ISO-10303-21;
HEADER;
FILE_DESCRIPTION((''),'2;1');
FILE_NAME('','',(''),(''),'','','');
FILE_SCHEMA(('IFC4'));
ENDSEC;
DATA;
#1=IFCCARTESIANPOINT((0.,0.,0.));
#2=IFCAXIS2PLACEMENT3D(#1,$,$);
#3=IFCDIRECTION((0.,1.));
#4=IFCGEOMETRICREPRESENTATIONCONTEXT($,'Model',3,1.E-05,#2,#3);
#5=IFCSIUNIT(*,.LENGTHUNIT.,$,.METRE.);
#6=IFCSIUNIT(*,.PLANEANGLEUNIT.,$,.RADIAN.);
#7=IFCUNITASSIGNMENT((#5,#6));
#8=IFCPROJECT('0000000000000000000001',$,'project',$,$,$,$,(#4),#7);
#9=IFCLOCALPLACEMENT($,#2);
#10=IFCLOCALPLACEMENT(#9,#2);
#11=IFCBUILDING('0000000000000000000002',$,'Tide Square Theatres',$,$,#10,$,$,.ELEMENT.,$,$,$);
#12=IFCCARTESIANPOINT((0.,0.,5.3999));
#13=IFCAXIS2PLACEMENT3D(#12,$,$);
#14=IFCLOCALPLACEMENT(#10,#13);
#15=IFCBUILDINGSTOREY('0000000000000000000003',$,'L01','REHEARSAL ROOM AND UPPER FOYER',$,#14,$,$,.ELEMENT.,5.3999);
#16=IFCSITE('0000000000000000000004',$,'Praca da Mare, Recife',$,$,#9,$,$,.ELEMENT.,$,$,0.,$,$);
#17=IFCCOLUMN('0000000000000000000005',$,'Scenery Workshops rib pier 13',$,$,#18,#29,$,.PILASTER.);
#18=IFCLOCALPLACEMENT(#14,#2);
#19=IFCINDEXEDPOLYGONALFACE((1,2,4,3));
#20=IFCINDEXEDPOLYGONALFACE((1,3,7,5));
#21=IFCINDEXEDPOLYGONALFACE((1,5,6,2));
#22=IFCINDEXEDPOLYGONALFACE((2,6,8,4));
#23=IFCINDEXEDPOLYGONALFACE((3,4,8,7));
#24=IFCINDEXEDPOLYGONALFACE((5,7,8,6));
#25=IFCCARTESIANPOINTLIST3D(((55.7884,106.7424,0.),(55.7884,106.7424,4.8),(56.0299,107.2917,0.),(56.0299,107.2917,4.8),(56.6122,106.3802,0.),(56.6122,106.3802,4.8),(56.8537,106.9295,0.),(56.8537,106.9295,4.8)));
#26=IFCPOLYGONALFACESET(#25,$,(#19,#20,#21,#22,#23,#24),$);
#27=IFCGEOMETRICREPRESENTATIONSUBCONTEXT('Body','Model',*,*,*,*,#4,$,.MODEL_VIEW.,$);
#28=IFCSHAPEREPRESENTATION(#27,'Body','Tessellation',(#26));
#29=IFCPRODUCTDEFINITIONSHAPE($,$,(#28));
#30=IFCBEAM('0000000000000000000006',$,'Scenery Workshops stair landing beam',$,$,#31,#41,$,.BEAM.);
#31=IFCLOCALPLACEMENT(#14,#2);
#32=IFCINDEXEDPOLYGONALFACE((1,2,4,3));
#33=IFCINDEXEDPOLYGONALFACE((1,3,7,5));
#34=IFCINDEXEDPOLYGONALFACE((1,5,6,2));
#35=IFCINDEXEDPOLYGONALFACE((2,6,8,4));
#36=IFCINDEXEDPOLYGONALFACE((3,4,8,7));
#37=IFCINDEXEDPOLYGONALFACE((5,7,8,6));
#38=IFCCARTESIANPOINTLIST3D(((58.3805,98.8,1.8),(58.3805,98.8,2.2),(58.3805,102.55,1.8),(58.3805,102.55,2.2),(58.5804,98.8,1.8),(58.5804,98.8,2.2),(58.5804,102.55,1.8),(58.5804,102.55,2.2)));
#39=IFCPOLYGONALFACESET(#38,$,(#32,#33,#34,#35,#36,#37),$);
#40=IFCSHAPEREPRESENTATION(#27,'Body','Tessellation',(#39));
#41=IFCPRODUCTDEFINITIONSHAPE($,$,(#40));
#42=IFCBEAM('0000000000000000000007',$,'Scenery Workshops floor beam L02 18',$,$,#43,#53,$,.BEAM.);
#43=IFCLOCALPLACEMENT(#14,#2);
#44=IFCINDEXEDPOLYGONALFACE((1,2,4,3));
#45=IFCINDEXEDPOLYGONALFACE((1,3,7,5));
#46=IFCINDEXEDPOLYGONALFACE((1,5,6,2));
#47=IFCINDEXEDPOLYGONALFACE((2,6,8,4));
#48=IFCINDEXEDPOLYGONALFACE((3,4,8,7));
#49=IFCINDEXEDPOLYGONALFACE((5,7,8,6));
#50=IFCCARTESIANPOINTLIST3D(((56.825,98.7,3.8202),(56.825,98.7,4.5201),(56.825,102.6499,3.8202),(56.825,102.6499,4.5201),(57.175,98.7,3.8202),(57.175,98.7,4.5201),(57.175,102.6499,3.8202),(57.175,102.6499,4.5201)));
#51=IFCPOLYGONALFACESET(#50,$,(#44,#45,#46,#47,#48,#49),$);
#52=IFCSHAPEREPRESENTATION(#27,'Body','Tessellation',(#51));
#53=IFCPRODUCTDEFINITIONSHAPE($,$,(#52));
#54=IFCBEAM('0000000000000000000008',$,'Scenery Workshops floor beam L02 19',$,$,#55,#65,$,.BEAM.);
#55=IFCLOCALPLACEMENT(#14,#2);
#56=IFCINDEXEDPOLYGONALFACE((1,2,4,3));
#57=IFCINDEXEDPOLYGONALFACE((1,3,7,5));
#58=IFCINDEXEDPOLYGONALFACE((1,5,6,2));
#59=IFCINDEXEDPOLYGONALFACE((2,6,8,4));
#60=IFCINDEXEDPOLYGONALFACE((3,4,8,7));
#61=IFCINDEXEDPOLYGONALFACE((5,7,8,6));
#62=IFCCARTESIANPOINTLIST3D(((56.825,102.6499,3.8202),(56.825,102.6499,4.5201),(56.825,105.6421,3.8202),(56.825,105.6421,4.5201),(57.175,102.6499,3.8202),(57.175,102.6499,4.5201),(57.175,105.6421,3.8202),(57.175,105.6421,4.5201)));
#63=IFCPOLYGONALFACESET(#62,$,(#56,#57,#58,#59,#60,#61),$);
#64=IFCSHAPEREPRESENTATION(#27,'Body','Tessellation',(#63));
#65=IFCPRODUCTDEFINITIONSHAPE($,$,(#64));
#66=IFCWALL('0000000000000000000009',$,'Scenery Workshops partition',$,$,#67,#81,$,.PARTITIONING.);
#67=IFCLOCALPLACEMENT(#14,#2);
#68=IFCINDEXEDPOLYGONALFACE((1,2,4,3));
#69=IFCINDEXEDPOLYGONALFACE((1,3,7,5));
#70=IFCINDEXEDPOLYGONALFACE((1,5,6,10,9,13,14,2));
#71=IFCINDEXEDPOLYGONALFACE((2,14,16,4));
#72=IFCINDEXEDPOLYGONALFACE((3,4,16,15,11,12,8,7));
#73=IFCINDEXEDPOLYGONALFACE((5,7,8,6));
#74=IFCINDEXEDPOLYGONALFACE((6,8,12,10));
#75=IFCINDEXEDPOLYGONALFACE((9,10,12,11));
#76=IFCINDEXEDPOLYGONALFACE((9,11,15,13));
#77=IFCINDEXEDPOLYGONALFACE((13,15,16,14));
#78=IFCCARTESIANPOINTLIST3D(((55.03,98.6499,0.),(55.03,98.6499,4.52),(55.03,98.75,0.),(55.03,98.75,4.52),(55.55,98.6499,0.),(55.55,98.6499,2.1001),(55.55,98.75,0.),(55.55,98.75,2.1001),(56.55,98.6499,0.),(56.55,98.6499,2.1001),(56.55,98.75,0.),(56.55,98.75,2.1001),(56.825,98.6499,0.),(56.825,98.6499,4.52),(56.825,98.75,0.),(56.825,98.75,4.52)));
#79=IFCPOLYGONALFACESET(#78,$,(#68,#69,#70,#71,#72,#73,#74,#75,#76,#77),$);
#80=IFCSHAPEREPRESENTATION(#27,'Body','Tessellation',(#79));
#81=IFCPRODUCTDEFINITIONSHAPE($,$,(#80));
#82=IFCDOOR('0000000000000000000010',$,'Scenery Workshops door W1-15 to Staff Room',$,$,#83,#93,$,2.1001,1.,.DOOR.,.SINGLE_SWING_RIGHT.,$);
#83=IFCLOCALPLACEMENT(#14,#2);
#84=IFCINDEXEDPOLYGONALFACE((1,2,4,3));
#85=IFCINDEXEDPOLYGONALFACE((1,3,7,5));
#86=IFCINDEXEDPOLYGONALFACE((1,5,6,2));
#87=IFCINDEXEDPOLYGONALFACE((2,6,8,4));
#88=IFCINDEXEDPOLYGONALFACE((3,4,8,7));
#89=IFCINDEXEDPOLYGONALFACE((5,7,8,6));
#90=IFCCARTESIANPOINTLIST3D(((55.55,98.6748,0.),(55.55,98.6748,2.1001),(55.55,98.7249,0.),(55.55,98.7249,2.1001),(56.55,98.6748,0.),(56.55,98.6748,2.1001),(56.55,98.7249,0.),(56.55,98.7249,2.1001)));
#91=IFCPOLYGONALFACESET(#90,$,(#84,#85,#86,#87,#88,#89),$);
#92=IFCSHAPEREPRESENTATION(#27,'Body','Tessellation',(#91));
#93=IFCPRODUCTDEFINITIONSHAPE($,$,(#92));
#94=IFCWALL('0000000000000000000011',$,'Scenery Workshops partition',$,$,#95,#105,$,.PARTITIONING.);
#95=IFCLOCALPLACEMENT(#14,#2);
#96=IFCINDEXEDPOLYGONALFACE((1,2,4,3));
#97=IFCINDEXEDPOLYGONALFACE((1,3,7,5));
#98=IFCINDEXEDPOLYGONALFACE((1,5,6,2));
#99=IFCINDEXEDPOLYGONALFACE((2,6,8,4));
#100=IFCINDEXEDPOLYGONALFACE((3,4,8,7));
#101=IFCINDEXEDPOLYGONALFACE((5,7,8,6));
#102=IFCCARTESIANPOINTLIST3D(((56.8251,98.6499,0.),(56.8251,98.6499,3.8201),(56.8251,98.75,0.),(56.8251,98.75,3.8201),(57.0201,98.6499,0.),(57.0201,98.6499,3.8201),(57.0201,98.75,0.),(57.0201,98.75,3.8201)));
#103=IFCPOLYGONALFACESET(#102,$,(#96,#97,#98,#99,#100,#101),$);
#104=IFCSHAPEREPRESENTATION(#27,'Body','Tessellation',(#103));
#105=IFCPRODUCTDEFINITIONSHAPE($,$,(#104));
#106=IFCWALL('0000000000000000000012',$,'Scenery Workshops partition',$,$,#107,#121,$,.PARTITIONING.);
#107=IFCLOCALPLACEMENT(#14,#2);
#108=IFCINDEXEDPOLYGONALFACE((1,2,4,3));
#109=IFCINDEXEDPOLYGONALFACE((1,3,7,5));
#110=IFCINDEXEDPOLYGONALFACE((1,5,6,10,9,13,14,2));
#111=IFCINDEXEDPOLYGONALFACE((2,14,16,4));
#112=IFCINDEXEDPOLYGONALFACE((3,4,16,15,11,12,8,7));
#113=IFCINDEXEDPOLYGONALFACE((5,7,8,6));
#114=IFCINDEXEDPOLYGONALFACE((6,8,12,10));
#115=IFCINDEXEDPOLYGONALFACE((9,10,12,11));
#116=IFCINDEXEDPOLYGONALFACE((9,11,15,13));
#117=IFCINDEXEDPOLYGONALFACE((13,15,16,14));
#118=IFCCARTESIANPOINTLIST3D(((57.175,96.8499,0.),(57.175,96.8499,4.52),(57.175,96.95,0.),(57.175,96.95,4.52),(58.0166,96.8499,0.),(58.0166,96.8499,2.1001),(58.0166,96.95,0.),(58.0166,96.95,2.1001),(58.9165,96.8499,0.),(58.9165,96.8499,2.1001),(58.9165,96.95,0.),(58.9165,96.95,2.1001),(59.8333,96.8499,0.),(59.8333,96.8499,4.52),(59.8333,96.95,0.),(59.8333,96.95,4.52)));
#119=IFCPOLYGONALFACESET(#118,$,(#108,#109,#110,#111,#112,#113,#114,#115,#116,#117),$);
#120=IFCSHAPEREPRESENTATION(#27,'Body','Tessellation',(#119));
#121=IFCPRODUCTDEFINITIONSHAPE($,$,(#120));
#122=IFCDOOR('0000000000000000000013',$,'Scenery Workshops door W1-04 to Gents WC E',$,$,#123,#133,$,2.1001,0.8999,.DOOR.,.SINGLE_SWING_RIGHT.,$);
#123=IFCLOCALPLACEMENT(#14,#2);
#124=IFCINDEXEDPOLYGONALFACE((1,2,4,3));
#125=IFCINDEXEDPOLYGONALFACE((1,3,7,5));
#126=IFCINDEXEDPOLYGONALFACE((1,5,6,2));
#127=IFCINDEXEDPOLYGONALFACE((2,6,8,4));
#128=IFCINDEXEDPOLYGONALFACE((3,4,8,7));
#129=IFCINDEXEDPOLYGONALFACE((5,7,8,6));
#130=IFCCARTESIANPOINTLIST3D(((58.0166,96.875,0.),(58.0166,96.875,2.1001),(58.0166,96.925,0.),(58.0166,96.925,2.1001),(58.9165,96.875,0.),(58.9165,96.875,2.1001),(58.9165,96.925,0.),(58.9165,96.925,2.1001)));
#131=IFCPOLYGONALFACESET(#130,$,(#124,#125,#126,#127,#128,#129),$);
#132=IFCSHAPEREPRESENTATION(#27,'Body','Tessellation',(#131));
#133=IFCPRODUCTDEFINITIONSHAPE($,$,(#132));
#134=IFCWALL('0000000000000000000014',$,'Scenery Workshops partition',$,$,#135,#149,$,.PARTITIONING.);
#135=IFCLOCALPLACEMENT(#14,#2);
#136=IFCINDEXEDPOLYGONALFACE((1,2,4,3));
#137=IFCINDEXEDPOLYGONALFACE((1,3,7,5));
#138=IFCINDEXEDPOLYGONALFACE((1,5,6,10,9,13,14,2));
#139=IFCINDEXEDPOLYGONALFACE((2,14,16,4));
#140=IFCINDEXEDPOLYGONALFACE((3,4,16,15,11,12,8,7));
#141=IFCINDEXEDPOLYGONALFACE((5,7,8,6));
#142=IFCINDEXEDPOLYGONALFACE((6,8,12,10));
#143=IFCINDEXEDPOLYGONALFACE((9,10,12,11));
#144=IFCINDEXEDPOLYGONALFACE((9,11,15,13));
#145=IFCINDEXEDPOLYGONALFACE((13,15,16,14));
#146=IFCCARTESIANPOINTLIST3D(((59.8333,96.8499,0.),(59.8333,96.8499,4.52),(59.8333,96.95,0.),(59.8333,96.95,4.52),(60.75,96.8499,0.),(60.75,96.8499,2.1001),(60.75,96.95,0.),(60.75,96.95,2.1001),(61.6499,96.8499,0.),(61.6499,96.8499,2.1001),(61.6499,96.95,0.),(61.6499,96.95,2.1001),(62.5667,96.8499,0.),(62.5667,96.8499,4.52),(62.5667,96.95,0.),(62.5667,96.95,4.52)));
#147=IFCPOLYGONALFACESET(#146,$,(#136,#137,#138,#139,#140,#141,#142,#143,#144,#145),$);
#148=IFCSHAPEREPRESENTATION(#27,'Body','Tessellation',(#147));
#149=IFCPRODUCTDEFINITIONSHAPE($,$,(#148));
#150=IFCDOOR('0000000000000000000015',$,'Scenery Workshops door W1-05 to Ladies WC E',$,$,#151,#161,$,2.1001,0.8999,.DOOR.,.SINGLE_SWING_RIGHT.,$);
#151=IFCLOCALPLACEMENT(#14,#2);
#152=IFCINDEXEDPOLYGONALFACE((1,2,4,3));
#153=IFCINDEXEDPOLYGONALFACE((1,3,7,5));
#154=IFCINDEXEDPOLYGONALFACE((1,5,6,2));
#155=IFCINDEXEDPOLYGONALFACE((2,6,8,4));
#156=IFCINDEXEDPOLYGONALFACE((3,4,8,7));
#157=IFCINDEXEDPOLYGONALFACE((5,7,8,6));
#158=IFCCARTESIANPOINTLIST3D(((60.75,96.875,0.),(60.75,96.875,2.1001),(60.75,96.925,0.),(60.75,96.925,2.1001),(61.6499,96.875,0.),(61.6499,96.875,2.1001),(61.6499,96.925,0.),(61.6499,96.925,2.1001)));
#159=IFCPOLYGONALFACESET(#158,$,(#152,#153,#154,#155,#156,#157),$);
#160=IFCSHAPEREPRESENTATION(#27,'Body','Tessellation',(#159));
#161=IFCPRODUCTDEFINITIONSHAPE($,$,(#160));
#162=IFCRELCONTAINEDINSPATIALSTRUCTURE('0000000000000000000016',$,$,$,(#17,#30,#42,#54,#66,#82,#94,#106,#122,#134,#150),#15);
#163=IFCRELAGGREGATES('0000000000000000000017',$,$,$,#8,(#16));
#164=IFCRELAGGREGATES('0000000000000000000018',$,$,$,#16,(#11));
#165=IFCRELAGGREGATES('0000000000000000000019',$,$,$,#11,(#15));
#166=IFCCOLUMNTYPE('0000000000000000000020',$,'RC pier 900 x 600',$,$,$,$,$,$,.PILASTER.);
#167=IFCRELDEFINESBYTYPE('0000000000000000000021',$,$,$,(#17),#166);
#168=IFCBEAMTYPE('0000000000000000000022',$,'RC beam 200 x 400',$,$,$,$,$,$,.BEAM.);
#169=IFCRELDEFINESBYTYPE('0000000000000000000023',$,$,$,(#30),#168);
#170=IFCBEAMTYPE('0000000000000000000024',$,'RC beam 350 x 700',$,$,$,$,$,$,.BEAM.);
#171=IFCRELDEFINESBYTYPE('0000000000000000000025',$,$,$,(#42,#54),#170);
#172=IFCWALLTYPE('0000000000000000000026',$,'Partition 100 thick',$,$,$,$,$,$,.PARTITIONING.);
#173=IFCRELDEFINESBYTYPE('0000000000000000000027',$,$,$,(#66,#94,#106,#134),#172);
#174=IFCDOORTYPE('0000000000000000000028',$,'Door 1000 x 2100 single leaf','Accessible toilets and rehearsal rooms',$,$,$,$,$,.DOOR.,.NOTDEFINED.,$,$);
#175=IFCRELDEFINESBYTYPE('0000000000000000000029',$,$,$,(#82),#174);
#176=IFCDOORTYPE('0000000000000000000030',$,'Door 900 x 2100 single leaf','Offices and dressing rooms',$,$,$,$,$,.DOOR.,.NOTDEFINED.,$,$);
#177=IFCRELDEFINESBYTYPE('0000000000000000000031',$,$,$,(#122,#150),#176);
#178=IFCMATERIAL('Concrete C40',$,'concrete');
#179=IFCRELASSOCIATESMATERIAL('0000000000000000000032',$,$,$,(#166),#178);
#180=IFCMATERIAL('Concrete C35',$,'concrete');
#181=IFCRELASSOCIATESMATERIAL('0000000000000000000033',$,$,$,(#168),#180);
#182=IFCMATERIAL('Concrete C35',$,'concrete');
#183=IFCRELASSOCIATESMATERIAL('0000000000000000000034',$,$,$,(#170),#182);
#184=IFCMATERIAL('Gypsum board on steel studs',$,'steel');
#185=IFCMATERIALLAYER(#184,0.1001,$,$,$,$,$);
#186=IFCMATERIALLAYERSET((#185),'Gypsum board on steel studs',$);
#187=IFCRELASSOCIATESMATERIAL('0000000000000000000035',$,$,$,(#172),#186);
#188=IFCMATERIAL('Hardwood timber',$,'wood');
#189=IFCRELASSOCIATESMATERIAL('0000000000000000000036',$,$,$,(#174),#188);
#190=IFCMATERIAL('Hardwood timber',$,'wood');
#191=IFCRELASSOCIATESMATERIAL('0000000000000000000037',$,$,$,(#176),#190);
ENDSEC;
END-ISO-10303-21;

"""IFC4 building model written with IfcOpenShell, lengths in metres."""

from ifc_helpers import new_model, si_unit, direction, frame, frame_2d, origin, origin_2d, place, context, subcontext, project, spatial, rectangle, extrude, material, layer, layer_set, material_profile, profile_set, type_object, element, fill, save


model = new_model("IFC4")

# Units and contexts
model_context = context("Model", 3, precision=1e-05, world=origin(), true_north=direction((0.0, 1.0)))
body_context = subcontext(model_context, "Body", "Model", "MODEL_VIEW")
ifc_project = project(units=[si_unit("LENGTHUNIT", "METRE"), si_unit("PLANEANGLEUNIT", "RADIAN")], contexts=[model_context])

# Site, building, storey
site_placement = place(None, origin())
site = spatial("IfcSite", under=ifc_project, at=site_placement, Name="Praca da Mare, Recife", CompositionType="ELEMENT", RefElevation=0.0)
building_placement = place(site_placement, origin())
building = spatial("IfcBuilding", under=site, at=building_placement, Name="Tide Square Theatres", CompositionType="ELEMENT")
storey_placement = place(building_placement, frame((0.0, 0.0, 5.3999)))
storey = spatial("IfcBuildingStorey", under=building, at=storey_placement, Name="L01", Description="REHEARSAL ROOM AND UPPER FOYER", CompositionType="ELEMENT", Elevation=5.3999)

# Column
ifc_material_1 = material(Name="Concrete C40", Category="concrete")
ifc_material_profile_1 = material_profile(ifc_material_1, rectangle(XDim=0.8999, YDim=0.6001, at=origin_2d()))
ifc_profile_set_1 = profile_set([ifc_material_profile_1], Name="Concrete C40")
column_type = type_object("IfcColumnType", Name="RC pier 900 x 600", PredefinedType="PILASTER", material=ifc_profile_set_1)
column_placement = place(storey_placement, frame((56.321, 106.8359, 0.0), z_axis=(0.0, 0.0, 1.0), x_axis=(-0.915419, 0.402502, 0.0)))
element("IfcColumn", 1, at=column_placement, inside=storey, type_object=column_type, Name="Scenery Workshops rib pier 13", PredefinedType="PILASTER", context=body_context, shape_type="SweptSolid", body=[
    extrude(rectangle(XDim=0.8999, YDim=0.6001, at=origin_2d()), origin(), (0.0, 0.0, 1.0), 4.8),
])

# Beams
ifc_material_2 = material(Name="Concrete C35", Category="concrete")
ifc_material_profile_2 = material_profile(ifc_material_2, rectangle(XDim=0.2, YDim=0.3999, at=origin_2d()))
ifc_profile_set_2 = profile_set([ifc_material_profile_2], Name="Concrete C35")
beam_type_1 = type_object("IfcBeamType", Name="RC beam 200 x 400", PredefinedType="BEAM", material=ifc_profile_set_2)
beam_1_placement = place(storey_placement, frame((58.4805, 98.8, 2.0), z_axis=(0.0, 1.0, 0.0), x_axis=(-1.0, 0.0, 0.0)))
element("IfcBeam", 2, at=beam_1_placement, inside=storey, type_object=beam_type_1, Name="Scenery Workshops stair landing beam", PredefinedType="BEAM", context=body_context, shape_type="SweptSolid", body=[
    extrude(rectangle(XDim=0.2, YDim=0.3999, at=origin_2d()), origin(), (0.0, 0.0, 1.0), 3.75),
])
ifc_material_3 = material(Name="Concrete C35", Category="concrete")
ifc_material_profile_3 = material_profile(ifc_material_3, rectangle(XDim=0.3501, YDim=0.7, at=origin_2d()))
ifc_profile_set_3 = profile_set([ifc_material_profile_3], Name="Concrete C35")
beam_type_2 = type_object("IfcBeamType", Name="RC beam 350 x 700", PredefinedType="BEAM", material=ifc_profile_set_3)
beam_2_placement = place(storey_placement, frame((57.0, 98.7, 4.1702), z_axis=(0.0, 1.0, 0.0), x_axis=(-1.0, 0.0, 0.0)))
element("IfcBeam", 3, at=beam_2_placement, inside=storey, type_object=beam_type_2, Name="Scenery Workshops floor beam L02 18", PredefinedType="BEAM", context=body_context, shape_type="SweptSolid", body=[
    extrude(rectangle(XDim=0.3501, YDim=0.7, at=origin_2d()), origin(), (0.0, 0.0, 1.0), 3.95),
])
beam_3_placement = place(storey_placement, frame((57.0, 102.6499, 4.1702), z_axis=(0.0, 1.0, 0.0), x_axis=(-1.0, 0.0, 0.0)))
element("IfcBeam", 4, at=beam_3_placement, inside=storey, type_object=beam_type_2, Name="Scenery Workshops floor beam L02 19", PredefinedType="BEAM", context=body_context, shape_type="SweptSolid", body=[
    extrude(rectangle(XDim=0.3501, YDim=0.7, at=origin_2d()), origin(), (0.0, 0.0, 1.0), 2.9922),
])

# Wall, opening, door
ifc_material_4 = material(Name="Gypsum board on steel studs", Category="steel")
ifc_layer_1 = layer(ifc_material_4, 0.1001)
ifc_layer_set_1 = layer_set([ifc_layer_1], Name="Gypsum board on steel studs")
wall_type_1 = type_object("IfcWallType", Name="Partition 100 thick", PredefinedType="PARTITIONING", material=ifc_layer_set_1)
wall_1_placement = place(storey_placement, frame((55.03, 98.7, 0.0), z_axis=(0.0, 0.0, 1.0), x_axis=(1.0, 0.0, 0.0)))
wall_1 = element("IfcWall", 5, at=wall_1_placement, inside=storey, type_object=wall_type_1, Name="Scenery Workshops partition", PredefinedType="PARTITIONING", context=body_context, shape_type="SweptSolid", body=[
    extrude(rectangle(XDim=1.7949, YDim=0.1001, at=frame_2d((0.8975, 0.0))), origin(), (0.0, 0.0, 1.0), 4.52),
])
opening_1_placement = place(wall_1_placement, frame((0.52, 0.0, 0.0)))
opening_1 = element("IfcOpeningElement", 6, at=opening_1_placement, cuts=wall_1, PredefinedType="OPENING", context=body_context, shape_type="SweptSolid", body=[
    extrude(rectangle(XDim=1.0, YDim=2.1001, at=frame_2d((0.5, 1.05))), frame((0.0, 0.0601, 0.0), z_axis=(0.0, -1.0, 0.0), x_axis=(1.0, 0.0, 0.0)), (0.0, 0.0, 1.0), 0.1201),
])
ifc_material_5 = material(Name="Hardwood timber", Category="wood")
door_type_1 = type_object("IfcDoorType", Name="Door 1000 x 2100 single leaf", Description="Accessible toilets and rehearsal rooms", OperationType="NOTDEFINED", PredefinedType="DOOR", material=ifc_material_5)
door_1_placement = place(opening_1_placement, origin())
door_1 = element("IfcDoor", 7, at=door_1_placement, inside=storey, type_object=door_type_1, Name="Scenery Workshops door W1-15 to Staff Room", OperationType="SINGLE_SWING_RIGHT", OverallHeight=2.1001, OverallWidth=1.0, PredefinedType="DOOR", context=body_context, shape_type="SweptSolid", body=[
    extrude(rectangle(XDim=1.0, YDim=2.1001, at=frame_2d((0.5, 1.05))), frame((0.0, 0.0249, 0.0), z_axis=(0.0, -1.0, 0.0), x_axis=(1.0, 0.0, 0.0)), (0.0, 0.0, 1.0), 0.05),
])
fill(opening_1, door_1)

# Wall
wall_2_placement = place(storey_placement, frame((56.825, 98.7, 0.0), z_axis=(0.0, 0.0, 1.0), x_axis=(1.0, 0.0, 0.0)))
element("IfcWall", 8, at=wall_2_placement, inside=storey, type_object=wall_type_1, Name="Scenery Workshops partition", PredefinedType="PARTITIONING", context=body_context, shape_type="SweptSolid", body=[
    extrude(rectangle(XDim=0.1951, YDim=0.1001, at=frame_2d((0.0977, 0.0))), origin(), (0.0, 0.0, 1.0), 3.8201),
])

# Walls, openings, doors
wall_3_placement = place(storey_placement, frame((59.8333, 96.8999, 0.0), z_axis=(0.0, 0.0, 1.0), x_axis=(-1.0, 0.0, 0.0)))
wall_3 = element("IfcWall", 9, at=wall_3_placement, inside=storey, type_object=wall_type_1, Name="Scenery Workshops partition", PredefinedType="PARTITIONING", context=body_context, shape_type="SweptSolid", body=[
    extrude(rectangle(XDim=2.6582, YDim=0.1001, at=frame_2d((1.3291, 0.0))), origin(), (0.0, 0.0, 1.0), 4.52),
])
opening_2_placement = place(wall_3_placement, frame((0.9167, 0.0, 0.0)))
opening_2 = element("IfcOpeningElement", 10, at=opening_2_placement, cuts=wall_3, PredefinedType="OPENING", context=body_context, shape_type="SweptSolid", body=[
    extrude(rectangle(XDim=0.8999, YDim=2.1001, at=frame_2d((0.45, 1.05))), frame((0.0, 0.0601, 0.0), z_axis=(0.0, -1.0, 0.0), x_axis=(1.0, 0.0, 0.0)), (0.0, 0.0, 1.0), 0.1201),
])
ifc_material_6 = material(Name="Hardwood timber", Category="wood")
door_type_2 = type_object("IfcDoorType", Name="Door 900 x 2100 single leaf", Description="Offices and dressing rooms", OperationType="NOTDEFINED", PredefinedType="DOOR", material=ifc_material_6)
door_2_placement = place(opening_2_placement, origin())
door_2 = element("IfcDoor", 11, at=door_2_placement, inside=storey, type_object=door_type_2, Name="Scenery Workshops door W1-04 to Gents WC E", OperationType="SINGLE_SWING_RIGHT", OverallHeight=2.1001, OverallWidth=0.8999, PredefinedType="DOOR", context=body_context, shape_type="SweptSolid", body=[
    extrude(rectangle(XDim=0.8999, YDim=2.1001, at=frame_2d((0.45, 1.05))), frame((0.0, 0.0249, 0.0), z_axis=(0.0, -1.0, 0.0), x_axis=(1.0, 0.0, 0.0)), (0.0, 0.0, 1.0), 0.05),
])
fill(opening_2, door_2)
wall_4_placement = place(storey_placement, frame((62.5667, 96.8999, 0.0), z_axis=(0.0, 0.0, 1.0), x_axis=(-1.0, 0.0, 0.0)))
wall_4 = element("IfcWall", 12, at=wall_4_placement, inside=storey, type_object=wall_type_1, Name="Scenery Workshops partition", PredefinedType="PARTITIONING", context=body_context, shape_type="SweptSolid", body=[
    extrude(rectangle(XDim=2.7334, YDim=0.1001, at=frame_2d((1.3667, 0.0))), origin(), (0.0, 0.0, 1.0), 4.52),
])
opening_3_placement = place(wall_4_placement, frame((0.9167, 0.0, 0.0)))
opening_3 = element("IfcOpeningElement", 13, at=opening_3_placement, cuts=wall_4, PredefinedType="OPENING", context=body_context, shape_type="SweptSolid", body=[
    extrude(rectangle(XDim=0.8999, YDim=2.1001, at=frame_2d((0.45, 1.05))), frame((0.0, 0.0601, 0.0), z_axis=(0.0, -1.0, 0.0), x_axis=(1.0, 0.0, 0.0)), (0.0, 0.0, 1.0), 0.1201),
])
door_3_placement = place(opening_3_placement, origin())
door_3 = element("IfcDoor", 14, at=door_3_placement, inside=storey, type_object=door_type_2, Name="Scenery Workshops door W1-05 to Ladies WC E", OperationType="SINGLE_SWING_RIGHT", OverallHeight=2.1001, OverallWidth=0.8999, PredefinedType="DOOR", context=body_context, shape_type="SweptSolid", body=[
    extrude(rectangle(XDim=0.8999, YDim=2.1001, at=frame_2d((0.45, 1.05))), frame((0.0, 0.0249, 0.0), z_axis=(0.0, -1.0, 0.0), x_axis=(1.0, 0.0, 0.0)), (0.0, 0.0, 1.0), 0.05),
])
fill(opening_3, door_3)

save(model, "model.ifc")
